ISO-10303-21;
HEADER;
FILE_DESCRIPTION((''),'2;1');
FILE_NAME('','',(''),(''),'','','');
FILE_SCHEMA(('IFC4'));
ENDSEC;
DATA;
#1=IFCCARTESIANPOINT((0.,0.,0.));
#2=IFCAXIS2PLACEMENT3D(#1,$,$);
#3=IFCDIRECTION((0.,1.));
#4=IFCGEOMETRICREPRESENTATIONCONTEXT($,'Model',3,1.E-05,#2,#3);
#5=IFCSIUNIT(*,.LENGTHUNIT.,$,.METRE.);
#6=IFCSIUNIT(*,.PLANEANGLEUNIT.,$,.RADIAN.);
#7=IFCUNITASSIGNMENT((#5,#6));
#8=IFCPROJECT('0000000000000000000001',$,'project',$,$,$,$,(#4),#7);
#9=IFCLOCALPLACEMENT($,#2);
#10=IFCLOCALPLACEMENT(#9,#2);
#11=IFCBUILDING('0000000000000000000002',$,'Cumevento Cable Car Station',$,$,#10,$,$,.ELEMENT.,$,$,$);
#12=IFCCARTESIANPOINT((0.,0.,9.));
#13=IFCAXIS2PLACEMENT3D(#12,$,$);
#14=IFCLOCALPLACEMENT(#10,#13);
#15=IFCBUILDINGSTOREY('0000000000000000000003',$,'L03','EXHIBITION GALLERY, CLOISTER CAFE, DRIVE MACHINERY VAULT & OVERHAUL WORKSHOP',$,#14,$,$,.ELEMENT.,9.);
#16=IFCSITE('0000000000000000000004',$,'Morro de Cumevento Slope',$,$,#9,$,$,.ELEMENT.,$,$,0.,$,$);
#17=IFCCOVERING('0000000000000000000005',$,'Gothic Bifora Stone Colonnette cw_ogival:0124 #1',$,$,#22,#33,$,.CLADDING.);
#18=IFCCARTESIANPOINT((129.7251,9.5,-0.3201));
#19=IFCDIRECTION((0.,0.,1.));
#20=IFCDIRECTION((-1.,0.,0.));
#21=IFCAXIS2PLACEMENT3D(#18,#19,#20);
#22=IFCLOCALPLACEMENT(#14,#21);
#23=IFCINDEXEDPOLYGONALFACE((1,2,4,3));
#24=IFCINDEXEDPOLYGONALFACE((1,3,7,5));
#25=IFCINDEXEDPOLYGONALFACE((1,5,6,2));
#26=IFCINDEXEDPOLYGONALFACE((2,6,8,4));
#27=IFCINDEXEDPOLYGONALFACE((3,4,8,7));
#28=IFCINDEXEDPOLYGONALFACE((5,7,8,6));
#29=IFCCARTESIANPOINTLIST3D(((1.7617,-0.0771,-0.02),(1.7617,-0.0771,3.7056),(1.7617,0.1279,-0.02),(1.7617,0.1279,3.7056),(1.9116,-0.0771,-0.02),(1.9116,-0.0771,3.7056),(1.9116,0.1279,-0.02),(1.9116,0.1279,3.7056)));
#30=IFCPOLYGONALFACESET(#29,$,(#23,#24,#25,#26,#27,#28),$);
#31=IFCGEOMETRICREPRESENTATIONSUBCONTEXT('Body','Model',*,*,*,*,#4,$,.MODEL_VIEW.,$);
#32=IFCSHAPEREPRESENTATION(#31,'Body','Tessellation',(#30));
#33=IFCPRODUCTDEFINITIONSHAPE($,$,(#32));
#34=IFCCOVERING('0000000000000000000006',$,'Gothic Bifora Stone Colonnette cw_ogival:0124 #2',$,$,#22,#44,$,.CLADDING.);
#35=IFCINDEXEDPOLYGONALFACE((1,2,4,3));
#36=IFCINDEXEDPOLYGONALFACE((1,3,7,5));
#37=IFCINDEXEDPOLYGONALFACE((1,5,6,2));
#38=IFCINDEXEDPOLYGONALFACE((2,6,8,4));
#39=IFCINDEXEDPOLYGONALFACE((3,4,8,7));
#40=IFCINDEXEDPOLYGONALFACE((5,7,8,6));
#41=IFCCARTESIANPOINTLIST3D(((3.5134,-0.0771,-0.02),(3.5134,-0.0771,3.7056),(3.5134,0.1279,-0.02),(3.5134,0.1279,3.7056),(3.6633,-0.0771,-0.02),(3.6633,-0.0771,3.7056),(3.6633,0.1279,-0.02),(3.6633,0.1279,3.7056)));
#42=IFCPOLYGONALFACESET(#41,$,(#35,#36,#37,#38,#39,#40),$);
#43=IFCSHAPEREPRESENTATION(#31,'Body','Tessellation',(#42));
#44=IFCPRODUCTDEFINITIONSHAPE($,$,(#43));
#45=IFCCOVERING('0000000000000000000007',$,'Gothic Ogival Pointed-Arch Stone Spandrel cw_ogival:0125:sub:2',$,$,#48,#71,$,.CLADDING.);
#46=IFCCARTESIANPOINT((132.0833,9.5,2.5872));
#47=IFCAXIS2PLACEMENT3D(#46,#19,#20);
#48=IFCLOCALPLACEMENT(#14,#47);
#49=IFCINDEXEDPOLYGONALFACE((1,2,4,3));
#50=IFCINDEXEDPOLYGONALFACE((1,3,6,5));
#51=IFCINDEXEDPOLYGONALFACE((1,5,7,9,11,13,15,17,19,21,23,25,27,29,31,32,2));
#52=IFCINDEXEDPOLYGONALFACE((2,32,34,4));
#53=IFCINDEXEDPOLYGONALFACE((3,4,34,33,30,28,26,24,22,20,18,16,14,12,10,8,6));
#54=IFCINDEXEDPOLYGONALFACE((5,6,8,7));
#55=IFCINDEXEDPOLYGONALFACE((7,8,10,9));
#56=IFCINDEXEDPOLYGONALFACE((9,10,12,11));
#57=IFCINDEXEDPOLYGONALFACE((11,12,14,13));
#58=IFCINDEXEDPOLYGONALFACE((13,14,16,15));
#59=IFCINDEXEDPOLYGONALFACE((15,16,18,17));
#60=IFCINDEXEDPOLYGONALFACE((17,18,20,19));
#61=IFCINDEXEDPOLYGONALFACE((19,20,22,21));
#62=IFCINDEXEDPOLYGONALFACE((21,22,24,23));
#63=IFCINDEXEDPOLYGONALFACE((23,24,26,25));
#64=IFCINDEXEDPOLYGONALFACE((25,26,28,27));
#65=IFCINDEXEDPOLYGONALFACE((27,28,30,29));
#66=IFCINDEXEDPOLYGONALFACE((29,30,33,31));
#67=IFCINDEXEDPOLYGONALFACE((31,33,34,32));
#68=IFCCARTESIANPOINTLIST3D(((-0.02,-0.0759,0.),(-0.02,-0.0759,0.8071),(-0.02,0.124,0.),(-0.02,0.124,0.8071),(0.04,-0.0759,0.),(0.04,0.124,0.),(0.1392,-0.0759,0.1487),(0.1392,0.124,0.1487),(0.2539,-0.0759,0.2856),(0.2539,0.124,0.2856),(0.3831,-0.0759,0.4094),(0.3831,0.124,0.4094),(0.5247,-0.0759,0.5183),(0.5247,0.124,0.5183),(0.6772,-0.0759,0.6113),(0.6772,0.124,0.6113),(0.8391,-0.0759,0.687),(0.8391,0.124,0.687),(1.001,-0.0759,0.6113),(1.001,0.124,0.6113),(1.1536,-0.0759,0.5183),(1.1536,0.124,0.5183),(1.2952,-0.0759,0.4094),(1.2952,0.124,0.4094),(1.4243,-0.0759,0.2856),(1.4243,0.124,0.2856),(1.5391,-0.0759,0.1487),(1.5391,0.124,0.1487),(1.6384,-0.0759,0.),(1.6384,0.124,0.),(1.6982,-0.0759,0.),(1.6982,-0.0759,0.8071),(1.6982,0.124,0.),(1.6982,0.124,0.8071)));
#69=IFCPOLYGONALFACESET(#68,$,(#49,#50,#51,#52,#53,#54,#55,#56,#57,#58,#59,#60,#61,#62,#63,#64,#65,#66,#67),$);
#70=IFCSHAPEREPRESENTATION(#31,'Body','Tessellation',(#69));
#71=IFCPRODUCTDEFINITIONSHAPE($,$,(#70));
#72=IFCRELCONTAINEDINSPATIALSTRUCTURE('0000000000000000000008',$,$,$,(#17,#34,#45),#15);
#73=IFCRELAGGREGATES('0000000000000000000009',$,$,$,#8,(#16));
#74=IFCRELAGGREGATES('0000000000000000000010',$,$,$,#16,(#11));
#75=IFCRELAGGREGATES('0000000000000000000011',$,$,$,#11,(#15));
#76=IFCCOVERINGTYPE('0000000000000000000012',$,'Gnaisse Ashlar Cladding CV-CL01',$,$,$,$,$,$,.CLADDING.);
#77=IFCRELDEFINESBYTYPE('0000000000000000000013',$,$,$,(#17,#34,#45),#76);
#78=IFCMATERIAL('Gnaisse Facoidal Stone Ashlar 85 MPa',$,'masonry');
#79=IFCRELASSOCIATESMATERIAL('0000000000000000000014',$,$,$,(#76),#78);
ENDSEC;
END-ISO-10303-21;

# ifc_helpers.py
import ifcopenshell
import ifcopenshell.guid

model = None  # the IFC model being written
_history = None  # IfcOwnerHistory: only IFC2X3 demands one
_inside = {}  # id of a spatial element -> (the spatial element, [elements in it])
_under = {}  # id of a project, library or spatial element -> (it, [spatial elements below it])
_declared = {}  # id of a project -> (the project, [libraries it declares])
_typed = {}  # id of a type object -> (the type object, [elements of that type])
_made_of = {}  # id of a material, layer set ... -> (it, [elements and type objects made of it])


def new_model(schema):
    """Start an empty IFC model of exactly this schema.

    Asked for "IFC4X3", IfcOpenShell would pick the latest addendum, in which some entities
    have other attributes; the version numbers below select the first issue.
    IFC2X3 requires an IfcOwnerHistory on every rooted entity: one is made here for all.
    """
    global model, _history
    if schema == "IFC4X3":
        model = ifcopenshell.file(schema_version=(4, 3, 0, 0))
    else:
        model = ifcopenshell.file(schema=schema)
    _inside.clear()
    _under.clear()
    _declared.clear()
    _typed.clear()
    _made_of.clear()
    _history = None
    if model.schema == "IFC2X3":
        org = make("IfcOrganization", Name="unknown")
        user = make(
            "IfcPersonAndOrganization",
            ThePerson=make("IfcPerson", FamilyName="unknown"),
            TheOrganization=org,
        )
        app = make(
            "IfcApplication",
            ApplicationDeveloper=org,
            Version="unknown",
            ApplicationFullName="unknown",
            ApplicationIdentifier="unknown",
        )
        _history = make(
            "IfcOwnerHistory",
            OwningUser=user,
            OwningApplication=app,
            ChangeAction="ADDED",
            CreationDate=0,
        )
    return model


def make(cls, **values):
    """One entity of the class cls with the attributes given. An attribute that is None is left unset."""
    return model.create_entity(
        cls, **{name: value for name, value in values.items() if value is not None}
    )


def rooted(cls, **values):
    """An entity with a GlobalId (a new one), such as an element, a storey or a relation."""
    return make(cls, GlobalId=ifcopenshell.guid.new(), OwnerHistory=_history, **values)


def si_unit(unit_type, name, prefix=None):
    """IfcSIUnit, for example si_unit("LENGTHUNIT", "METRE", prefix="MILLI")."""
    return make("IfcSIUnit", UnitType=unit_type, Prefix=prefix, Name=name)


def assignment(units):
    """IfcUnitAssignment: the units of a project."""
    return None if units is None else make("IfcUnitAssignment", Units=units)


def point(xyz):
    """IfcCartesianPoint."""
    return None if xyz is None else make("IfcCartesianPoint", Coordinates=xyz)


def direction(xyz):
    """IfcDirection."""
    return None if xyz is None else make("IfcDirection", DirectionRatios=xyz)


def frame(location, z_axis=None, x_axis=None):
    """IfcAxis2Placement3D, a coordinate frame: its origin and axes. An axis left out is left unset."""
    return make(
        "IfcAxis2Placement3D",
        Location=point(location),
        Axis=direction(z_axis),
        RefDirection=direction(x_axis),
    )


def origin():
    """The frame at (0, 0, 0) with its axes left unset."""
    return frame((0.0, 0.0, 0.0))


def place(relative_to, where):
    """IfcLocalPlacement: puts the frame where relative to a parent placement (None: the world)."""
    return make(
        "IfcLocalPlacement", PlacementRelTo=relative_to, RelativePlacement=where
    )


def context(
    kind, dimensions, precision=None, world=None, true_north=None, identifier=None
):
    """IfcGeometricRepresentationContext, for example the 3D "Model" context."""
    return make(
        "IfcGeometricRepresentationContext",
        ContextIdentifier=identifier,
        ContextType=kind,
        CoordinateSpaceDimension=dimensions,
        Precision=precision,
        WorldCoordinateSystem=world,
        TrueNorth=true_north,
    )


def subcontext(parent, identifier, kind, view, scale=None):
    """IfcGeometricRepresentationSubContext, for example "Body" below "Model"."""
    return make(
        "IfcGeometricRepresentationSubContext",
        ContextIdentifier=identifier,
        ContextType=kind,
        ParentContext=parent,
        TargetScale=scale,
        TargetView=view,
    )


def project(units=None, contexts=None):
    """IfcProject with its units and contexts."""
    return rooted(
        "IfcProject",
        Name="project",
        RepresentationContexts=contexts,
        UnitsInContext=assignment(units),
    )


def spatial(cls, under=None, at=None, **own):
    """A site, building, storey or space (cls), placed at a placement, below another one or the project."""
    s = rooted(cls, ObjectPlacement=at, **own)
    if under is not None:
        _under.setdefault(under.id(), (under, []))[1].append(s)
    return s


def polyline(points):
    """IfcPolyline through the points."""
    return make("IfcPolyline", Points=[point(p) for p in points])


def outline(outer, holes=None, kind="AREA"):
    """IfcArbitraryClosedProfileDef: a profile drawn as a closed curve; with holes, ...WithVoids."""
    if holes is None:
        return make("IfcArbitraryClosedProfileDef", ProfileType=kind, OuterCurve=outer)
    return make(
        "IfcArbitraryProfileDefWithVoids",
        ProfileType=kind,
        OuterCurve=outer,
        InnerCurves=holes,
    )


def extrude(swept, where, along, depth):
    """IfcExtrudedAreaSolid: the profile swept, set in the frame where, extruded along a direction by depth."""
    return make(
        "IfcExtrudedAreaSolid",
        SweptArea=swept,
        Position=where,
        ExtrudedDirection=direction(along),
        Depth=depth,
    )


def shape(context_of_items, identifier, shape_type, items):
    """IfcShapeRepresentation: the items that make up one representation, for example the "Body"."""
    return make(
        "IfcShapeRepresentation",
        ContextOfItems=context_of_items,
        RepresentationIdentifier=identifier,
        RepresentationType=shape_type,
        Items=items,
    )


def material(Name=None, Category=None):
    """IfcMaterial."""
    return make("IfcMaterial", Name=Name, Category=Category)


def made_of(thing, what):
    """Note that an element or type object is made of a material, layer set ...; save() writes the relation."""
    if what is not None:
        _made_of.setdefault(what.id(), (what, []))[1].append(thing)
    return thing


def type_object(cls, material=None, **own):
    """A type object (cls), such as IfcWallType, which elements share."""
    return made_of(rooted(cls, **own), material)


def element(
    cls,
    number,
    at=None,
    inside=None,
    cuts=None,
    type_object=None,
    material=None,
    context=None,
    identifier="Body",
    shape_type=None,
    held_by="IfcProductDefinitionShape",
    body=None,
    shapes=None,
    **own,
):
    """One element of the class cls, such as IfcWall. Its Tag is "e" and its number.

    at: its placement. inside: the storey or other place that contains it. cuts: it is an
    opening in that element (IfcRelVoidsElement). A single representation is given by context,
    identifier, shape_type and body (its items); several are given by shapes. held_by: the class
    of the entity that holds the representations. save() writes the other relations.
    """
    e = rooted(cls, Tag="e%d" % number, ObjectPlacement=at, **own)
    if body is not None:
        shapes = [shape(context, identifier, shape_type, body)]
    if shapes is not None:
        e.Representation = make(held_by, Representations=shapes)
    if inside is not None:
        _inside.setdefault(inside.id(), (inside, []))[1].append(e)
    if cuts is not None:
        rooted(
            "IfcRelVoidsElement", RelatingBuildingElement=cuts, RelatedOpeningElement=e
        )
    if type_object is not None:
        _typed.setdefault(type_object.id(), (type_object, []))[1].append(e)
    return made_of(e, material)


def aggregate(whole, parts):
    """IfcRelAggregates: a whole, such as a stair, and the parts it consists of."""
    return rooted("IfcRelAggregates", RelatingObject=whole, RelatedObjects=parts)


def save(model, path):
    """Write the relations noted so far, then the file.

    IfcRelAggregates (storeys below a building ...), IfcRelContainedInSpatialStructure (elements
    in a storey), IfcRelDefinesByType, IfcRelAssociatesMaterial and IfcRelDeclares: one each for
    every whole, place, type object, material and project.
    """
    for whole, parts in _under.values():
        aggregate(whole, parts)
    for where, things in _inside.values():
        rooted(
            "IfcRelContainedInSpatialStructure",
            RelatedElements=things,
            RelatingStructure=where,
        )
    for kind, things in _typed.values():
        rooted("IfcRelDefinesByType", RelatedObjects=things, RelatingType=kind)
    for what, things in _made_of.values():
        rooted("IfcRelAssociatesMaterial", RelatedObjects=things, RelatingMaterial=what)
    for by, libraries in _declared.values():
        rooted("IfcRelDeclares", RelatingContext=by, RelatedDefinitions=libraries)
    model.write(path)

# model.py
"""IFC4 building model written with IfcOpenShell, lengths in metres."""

from ifc_helpers import new_model, si_unit, direction, frame, origin, place, context, subcontext, project, spatial, polyline, outline, extrude, material, type_object, element, save


model = new_model("IFC4")

# Units and contexts
model_context = context("Model", 3, precision=1e-05, world=origin(), true_north=direction((0.0, 1.0)))
body_context = subcontext(model_context, "Body", "Model", "MODEL_VIEW")
ifc_project = project(units=[si_unit("LENGTHUNIT", "METRE"), si_unit("PLANEANGLEUNIT", "RADIAN")], contexts=[model_context])

# Site, building, storey
site_placement = place(None, origin())
site = spatial("IfcSite", under=ifc_project, at=site_placement, Name="Morro de Cumevento Slope", CompositionType="ELEMENT", RefElevation=0.0)
building_placement = place(site_placement, origin())
building = spatial("IfcBuilding", under=site, at=building_placement, Name="Cumevento Cable Car Station", CompositionType="ELEMENT")
storey_placement = place(building_placement, frame((0.0, 0.0, 9.0)))
storey = spatial("IfcBuildingStorey", under=building, at=storey_placement, Name="L03", Description="EXHIBITION GALLERY, CLOISTER CAFE, DRIVE MACHINERY VAULT & OVERHAUL WORKSHOP", CompositionType="ELEMENT", Elevation=9.0)

# Coverings
ifc_material_1 = material(Name="Gnaisse Facoidal Stone Ashlar 85 MPa", Category="masonry")
covering_type = type_object("IfcCoveringType", Name="Gnaisse Ashlar Cladding CV-CL01", PredefinedType="CLADDING", material=ifc_material_1)
placement = place(storey_placement, frame((129.7251, 9.5, -0.3201), z_axis=(0.0, 0.0, 1.0), x_axis=(-1.0, 0.0, 0.0)))
element("IfcCovering", 1, at=placement, inside=storey, type_object=covering_type, Name="Gothic Bifora Stone Colonnette cw_ogival:0124 #1", PredefinedType="CLADDING", context=body_context, shape_type="SweptSolid", body=[
    extrude(outline(polyline([(1.7617, -0.02), (1.9116, -0.02), (1.9116, 3.7056), (1.7617, 3.7056), (1.7617, -0.02)])), frame((0.0, 0.1279, 0.0), z_axis=(0.0, -1.0, 0.0), x_axis=(1.0, 0.0, 0.0)), (0.0, 0.0, 1.0), 0.2051),
])
element("IfcCovering", 2, at=placement, inside=storey, type_object=covering_type, Name="Gothic Bifora Stone Colonnette cw_ogival:0124 #2", PredefinedType="CLADDING", context=body_context, shape_type="SweptSolid", body=[
    extrude(outline(polyline([(3.5134, -0.02), (3.6633, -0.02), (3.6633, 3.7056), (3.5134, 3.7056), (3.5134, -0.02)])), frame((0.0, 0.1279, 0.0), z_axis=(0.0, -1.0, 0.0), x_axis=(1.0, 0.0, 0.0)), (0.0, 0.0, 1.0), 0.2051),
])
covering_1_placement = place(storey_placement, frame((132.0833, 9.5, 2.5872), z_axis=(0.0, 0.0, 1.0), x_axis=(-1.0, 0.0, 0.0)))
element("IfcCovering", 3, at=covering_1_placement, inside=storey, type_object=covering_type, Name="Gothic Ogival Pointed-Arch Stone Spandrel cw_ogival:0125:sub:2", PredefinedType="CLADDING", context=body_context, shape_type="SweptSolid", body=[
    extrude(outline(polyline([(-0.02, 0.0), (-0.02, 0.8071), (1.6982, 0.8071), (1.6982, 0.0), (1.6384, 0.0), (1.5391, 0.1487), (1.4243, 0.2856), (1.2952, 0.4094), (1.1536, 0.5183), (1.001, 0.6113), (0.8391, 0.687), (0.6772, 0.6113), (0.5247, 0.5183), (0.3831, 0.4094), (0.2539, 0.2856), (0.1392, 0.1487), (0.04, 0.0), (-0.02, 0.0)])), frame((0.0, 0.124, 0.0), z_axis=(0.0, -1.0, 0.0), x_axis=(1.0, 0.0, 0.0)), (0.0, 0.0, 1.0), 0.2),
])

save(model, "model.ifc")
